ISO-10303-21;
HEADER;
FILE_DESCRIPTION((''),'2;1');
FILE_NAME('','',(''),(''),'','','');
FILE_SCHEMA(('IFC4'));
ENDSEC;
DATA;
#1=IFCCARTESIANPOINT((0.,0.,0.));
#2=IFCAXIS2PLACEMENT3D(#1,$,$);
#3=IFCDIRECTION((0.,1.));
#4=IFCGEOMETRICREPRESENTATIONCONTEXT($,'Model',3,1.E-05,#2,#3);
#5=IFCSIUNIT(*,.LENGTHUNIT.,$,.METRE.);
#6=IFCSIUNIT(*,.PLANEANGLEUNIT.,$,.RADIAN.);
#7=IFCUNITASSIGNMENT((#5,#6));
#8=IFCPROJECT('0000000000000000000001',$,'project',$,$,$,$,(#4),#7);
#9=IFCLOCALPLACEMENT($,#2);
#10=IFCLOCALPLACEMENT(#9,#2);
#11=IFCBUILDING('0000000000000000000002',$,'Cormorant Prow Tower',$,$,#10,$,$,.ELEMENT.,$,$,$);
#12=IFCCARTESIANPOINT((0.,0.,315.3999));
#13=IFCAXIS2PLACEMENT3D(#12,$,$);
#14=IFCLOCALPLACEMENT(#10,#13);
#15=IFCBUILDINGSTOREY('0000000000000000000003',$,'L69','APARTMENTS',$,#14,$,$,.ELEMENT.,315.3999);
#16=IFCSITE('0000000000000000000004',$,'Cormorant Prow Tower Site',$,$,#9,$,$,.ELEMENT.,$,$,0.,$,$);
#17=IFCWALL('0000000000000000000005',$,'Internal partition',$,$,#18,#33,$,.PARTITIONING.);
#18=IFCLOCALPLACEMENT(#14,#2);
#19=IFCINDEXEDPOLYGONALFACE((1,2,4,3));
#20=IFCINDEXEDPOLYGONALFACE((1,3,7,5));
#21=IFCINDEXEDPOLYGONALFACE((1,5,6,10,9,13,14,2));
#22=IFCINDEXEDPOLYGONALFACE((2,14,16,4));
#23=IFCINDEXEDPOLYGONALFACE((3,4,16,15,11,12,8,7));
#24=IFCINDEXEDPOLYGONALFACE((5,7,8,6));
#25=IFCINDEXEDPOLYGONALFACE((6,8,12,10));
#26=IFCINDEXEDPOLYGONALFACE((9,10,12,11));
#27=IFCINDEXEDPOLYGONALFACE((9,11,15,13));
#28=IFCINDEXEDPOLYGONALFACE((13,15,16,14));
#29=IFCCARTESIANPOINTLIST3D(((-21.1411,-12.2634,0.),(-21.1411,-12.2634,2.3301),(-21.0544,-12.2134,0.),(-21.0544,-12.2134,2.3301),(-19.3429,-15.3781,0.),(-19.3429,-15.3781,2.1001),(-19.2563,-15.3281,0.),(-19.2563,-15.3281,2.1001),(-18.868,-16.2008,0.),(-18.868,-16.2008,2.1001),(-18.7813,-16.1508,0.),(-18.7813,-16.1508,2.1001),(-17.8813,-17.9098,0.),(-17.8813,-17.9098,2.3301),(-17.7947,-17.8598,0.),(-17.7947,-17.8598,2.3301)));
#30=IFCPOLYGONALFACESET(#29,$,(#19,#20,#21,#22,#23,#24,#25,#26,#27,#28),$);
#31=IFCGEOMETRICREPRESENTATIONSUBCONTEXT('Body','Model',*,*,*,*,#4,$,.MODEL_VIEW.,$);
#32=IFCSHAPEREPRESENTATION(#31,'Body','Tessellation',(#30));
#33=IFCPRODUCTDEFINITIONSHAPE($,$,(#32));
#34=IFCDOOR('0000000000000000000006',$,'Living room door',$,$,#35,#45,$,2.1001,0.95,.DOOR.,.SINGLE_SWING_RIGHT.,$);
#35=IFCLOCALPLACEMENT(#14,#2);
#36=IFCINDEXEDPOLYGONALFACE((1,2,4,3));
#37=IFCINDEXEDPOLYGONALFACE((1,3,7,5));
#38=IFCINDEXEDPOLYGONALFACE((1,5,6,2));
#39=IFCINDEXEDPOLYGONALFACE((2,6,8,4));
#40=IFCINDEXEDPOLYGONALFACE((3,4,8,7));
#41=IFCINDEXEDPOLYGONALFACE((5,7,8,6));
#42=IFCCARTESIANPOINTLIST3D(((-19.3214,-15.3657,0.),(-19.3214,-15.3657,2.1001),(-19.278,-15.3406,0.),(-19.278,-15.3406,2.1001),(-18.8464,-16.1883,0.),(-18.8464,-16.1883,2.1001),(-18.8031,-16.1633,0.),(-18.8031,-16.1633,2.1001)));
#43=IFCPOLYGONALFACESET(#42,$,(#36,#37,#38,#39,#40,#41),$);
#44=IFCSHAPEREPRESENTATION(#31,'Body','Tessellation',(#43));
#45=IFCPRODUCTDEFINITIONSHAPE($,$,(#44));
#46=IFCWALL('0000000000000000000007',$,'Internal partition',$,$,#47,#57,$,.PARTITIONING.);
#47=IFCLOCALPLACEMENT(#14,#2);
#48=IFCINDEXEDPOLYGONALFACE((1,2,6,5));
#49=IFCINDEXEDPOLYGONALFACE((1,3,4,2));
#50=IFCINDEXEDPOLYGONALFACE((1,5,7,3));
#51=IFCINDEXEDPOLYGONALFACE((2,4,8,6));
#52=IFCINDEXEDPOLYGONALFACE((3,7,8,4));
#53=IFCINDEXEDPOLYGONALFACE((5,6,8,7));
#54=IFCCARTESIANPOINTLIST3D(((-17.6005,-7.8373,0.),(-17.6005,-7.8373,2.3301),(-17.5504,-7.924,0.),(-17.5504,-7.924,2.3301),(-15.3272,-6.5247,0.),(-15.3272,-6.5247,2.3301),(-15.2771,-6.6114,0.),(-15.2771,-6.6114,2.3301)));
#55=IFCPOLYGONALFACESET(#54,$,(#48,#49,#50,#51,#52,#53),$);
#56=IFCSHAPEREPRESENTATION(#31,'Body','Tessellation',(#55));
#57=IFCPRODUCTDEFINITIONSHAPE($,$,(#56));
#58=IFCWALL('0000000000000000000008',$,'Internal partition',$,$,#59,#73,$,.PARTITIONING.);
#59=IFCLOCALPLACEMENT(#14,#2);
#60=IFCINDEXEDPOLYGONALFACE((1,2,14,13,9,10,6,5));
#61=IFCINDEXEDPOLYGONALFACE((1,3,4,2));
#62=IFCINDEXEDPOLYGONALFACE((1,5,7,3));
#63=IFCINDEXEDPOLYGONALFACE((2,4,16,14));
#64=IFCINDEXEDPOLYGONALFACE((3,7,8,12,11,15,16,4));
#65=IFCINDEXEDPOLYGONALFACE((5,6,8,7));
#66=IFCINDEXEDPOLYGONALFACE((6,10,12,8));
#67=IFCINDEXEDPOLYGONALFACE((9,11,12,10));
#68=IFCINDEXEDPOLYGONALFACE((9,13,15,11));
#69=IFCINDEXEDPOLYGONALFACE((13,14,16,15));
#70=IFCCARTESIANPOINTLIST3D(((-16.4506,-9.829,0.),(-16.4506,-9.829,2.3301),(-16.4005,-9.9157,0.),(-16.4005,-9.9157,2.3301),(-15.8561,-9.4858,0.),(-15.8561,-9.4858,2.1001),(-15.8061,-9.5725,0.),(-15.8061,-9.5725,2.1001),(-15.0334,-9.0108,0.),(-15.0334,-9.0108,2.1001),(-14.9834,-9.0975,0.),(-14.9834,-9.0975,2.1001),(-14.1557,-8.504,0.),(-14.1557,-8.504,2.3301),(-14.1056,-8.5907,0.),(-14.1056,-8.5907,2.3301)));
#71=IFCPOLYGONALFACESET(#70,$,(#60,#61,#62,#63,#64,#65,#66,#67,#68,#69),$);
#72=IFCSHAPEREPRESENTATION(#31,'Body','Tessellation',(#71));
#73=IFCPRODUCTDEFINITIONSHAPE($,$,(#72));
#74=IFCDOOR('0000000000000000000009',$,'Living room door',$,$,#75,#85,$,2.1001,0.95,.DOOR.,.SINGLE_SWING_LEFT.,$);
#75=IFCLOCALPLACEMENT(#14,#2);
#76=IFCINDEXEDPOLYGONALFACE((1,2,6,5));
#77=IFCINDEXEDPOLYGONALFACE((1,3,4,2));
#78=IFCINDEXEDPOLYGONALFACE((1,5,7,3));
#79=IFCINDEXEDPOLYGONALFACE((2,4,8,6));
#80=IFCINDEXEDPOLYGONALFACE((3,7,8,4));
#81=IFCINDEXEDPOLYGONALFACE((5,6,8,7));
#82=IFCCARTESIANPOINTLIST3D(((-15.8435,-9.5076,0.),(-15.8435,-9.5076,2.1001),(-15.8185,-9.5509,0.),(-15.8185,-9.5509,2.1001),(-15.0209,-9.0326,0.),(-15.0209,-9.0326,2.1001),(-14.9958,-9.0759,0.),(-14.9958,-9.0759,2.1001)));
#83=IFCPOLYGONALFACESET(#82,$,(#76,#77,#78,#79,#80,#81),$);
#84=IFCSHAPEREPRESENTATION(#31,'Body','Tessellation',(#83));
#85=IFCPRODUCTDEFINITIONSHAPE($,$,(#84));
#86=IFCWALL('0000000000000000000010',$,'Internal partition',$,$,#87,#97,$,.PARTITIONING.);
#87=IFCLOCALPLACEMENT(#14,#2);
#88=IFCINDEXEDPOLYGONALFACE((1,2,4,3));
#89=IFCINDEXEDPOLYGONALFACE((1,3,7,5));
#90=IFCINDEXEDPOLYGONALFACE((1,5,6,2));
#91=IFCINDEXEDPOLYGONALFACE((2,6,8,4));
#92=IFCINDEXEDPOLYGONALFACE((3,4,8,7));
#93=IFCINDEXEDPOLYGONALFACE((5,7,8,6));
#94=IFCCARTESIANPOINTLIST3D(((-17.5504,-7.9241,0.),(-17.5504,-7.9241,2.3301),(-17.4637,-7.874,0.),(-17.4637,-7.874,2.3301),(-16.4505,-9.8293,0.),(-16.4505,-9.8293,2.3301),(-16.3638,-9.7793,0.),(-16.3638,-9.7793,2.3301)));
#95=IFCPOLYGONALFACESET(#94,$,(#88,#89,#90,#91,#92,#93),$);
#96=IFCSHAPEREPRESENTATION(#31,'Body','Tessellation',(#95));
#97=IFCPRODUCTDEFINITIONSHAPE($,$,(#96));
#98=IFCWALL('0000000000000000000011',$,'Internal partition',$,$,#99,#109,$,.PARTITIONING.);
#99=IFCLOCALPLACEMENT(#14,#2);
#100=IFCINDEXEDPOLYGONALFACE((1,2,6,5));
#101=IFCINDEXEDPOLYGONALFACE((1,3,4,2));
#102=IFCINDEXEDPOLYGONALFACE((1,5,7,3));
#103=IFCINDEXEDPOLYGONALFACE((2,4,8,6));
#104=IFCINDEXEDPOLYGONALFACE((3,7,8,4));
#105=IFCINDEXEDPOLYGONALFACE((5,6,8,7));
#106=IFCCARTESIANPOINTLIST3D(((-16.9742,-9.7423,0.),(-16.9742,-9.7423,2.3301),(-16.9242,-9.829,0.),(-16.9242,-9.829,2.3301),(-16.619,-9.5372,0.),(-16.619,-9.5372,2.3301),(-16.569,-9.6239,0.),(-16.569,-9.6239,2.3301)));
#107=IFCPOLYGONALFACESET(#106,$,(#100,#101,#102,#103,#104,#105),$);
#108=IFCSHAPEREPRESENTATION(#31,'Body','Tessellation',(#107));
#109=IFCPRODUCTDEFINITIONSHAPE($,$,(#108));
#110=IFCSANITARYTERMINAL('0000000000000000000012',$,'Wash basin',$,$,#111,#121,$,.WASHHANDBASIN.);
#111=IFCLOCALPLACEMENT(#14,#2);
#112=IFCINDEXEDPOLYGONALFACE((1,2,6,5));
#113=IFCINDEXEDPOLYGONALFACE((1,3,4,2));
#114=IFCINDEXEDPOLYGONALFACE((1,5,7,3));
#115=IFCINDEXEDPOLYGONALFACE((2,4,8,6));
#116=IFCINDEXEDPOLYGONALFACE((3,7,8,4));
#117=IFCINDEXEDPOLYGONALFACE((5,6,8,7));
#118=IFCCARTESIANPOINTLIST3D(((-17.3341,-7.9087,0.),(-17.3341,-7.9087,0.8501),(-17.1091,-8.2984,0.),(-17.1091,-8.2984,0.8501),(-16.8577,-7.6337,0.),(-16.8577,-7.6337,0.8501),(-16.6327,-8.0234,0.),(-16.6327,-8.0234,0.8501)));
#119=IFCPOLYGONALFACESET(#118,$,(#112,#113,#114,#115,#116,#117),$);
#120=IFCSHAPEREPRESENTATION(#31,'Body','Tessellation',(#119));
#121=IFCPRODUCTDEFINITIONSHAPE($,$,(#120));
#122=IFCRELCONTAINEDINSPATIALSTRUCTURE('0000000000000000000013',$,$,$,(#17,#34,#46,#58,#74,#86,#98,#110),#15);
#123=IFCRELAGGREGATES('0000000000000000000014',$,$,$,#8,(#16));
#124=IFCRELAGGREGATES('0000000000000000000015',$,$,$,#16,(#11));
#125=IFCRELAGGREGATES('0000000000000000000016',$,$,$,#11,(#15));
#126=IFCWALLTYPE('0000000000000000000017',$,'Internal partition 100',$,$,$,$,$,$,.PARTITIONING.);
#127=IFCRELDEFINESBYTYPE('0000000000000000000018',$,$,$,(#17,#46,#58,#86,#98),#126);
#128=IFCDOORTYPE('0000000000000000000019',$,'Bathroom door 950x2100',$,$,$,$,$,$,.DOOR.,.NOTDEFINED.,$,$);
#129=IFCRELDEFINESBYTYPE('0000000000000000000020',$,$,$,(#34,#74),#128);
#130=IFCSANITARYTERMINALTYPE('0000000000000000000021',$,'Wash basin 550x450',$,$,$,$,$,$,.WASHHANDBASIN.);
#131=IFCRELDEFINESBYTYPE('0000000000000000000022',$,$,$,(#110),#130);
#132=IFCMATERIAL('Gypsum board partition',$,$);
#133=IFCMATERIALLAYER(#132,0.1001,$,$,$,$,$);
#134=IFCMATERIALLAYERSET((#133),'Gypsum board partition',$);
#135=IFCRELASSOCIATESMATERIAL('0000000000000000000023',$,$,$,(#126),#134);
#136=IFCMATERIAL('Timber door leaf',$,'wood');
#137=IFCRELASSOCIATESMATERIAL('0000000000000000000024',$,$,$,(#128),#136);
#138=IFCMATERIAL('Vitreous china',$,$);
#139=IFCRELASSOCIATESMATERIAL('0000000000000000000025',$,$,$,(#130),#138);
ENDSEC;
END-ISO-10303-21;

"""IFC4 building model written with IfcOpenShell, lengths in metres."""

from ifc_helpers import new_model, si_unit, direction, frame, frame_2d, origin, origin_2d, place, context, subcontext, project, spatial, rectangle, extrude, material, layer, layer_set, type_object, element, fill, save


model = new_model("IFC4")

# Units and contexts
model_context = context("Model", 3, precision=1e-05, world=origin(), true_north=direction((0.0, 1.0)))
body_context = subcontext(model_context, "Body", "Model", "MODEL_VIEW")
ifc_project = project(units=[si_unit("LENGTHUNIT", "METRE"), si_unit("PLANEANGLEUNIT", "RADIAN")], contexts=[model_context])

# Site, building, storey
site_placement = place(None, origin())
site = spatial("IfcSite", under=ifc_project, at=site_placement, Name="Cormorant Prow Tower Site", CompositionType="ELEMENT", RefElevation=0.0)
building_placement = place(site_placement, origin())
building = spatial("IfcBuilding", under=site, at=building_placement, Name="Cormorant Prow Tower", CompositionType="ELEMENT")
storey_placement = place(building_placement, frame((0.0, 0.0, 315.3999)))
storey = spatial("IfcBuildingStorey", under=building, at=storey_placement, Name="L69", Description="APARTMENTS", CompositionType="ELEMENT", Elevation=315.3999)

# Wall, opening, door
ifc_material_1 = material(Name="Gypsum board partition")
ifc_layer_1 = layer(ifc_material_1, 0.1001)
ifc_layer_set_1 = layer_set([ifc_layer_1], Name="Gypsum board partition")
wall_type = type_object("IfcWallType", Name="Internal partition 100", PredefinedType="PARTITIONING", material=ifc_layer_set_1)
ifc_material_2 = material(Name="Timber door leaf", Category="wood")
door_type = type_object("IfcDoorType", Name="Bathroom door 950x2100", OperationType="NOTDEFINED", PredefinedType="DOOR", material=ifc_material_2)
wall_1_placement = place(storey_placement, frame((-21.0977, -12.2385, 0.0), z_axis=(0.0, 0.0, 1.0), x_axis=(0.499973, -0.866041, 0.0)))
wall_1 = element("IfcWall", 1, at=wall_1_placement, inside=storey, type_object=wall_type, Name="Internal partition", PredefinedType="PARTITIONING", context=body_context, shape_type="SweptSolid", body=[
    extrude(rectangle(XDim=6.5198, YDim=0.1001, at=frame_2d((3.2598, 0.0))), origin(), (0.0, 0.0, 1.0), 2.3301),
])
opening_1_placement = place(wall_1_placement, frame((3.5962, 0.0, 0.0)))
opening_1 = element("IfcOpeningElement", 2, at=opening_1_placement, cuts=wall_1, PredefinedType="OPENING", context=body_context, shape_type="SweptSolid", body=[
    extrude(rectangle(XDim=0.95, YDim=2.1001, at=frame_2d((0.4751, 1.05))), frame((0.0, 0.0601, 0.0), z_axis=(0.0, -1.0, 0.0), x_axis=(1.0, 0.0, 0.0)), (0.0, 0.0, 1.0), 0.1201),
])
door_1_placement = place(opening_1_placement, origin())
door_1 = element("IfcDoor", 3, at=door_1_placement, inside=storey, type_object=door_type, Name="Living room door", OperationType="SINGLE_SWING_RIGHT", OverallHeight=2.1001, OverallWidth=0.95, PredefinedType="DOOR", context=body_context, shape_type="SweptSolid", body=[
    extrude(rectangle(XDim=0.95, YDim=2.1001, at=frame_2d((0.4751, 1.05))), frame((0.0, 0.0249, 0.0), z_axis=(0.0, -1.0, 0.0), x_axis=(1.0, 0.0, 0.0)), (0.0, 0.0, 1.0), 0.05),
])
fill(opening_1, door_1)

# Wall
wall_2_placement = place(storey_placement, frame((-17.5754, -7.8806, 0.0), z_axis=(0.0, 0.0, 1.0), x_axis=(0.866014, 0.50002, 0.0)))
element("IfcWall", 4, at=wall_2_placement, inside=storey, type_object=wall_type, Name="Internal partition", PredefinedType="PARTITIONING", context=body_context, shape_type="SweptSolid", body=[
    extrude(rectangle(XDim=2.625, YDim=0.1001, at=frame_2d((1.3125, 0.0))), origin(), (0.0, 0.0, 1.0), 2.3301),
])

# Wall, opening, door
wall_3_placement = place(storey_placement, frame((-16.4255, -9.8723, 0.0), z_axis=(0.0, 0.0, 1.0), x_axis=(0.866029, 0.499994, 0.0)))
wall_3 = element("IfcWall", 5, at=wall_3_placement, inside=storey, type_object=wall_type, Name="Internal partition", PredefinedType="PARTITIONING", context=body_context, shape_type="SweptSolid", body=[
    extrude(rectangle(XDim=2.6499, YDim=0.1001, at=frame_2d((1.325, 0.0))), origin(), (0.0, 0.0, 1.0), 2.3301),
])
opening_2_placement = place(wall_3_placement, frame((0.6863, 0.0, 0.0)))
opening_2 = element("IfcOpeningElement", 6, at=opening_2_placement, cuts=wall_3, PredefinedType="OPENING", context=body_context, shape_type="SweptSolid", body=[
    extrude(rectangle(XDim=0.95, YDim=2.1001, at=frame_2d((0.4751, 1.05))), frame((0.0, 0.0601, 0.0), z_axis=(0.0, -1.0, 0.0), x_axis=(1.0, 0.0, 0.0)), (0.0, 0.0, 1.0), 0.1201),
])
door_2_placement = place(opening_2_placement, origin())
door_2 = element("IfcDoor", 7, at=door_2_placement, inside=storey, type_object=door_type, Name="Living room door", OperationType="SINGLE_SWING_LEFT", OverallHeight=2.1001, OverallWidth=0.95, PredefinedType="DOOR", context=body_context, shape_type="SweptSolid", body=[
    extrude(rectangle(XDim=0.95, YDim=2.1001, at=frame_2d((0.4751, 1.05))), frame((0.0, 0.0249, 0.0), z_axis=(0.0, -1.0, 0.0), x_axis=(1.0, 0.0, 0.0)), (0.0, 0.0, 1.0), 0.05),
])
fill(opening_2, door_2)

# Walls
wall_4_placement = place(storey_placement, frame((-17.5071, -7.8989, 0.0), z_axis=(0.0, 0.0, 1.0), x_axis=(0.499947, -0.866056, 0.0)))
element("IfcWall", 8, at=wall_4_placement, inside=storey, type_object=wall_type, Name="Internal partition", PredefinedType="PARTITIONING", context=body_context, shape_type="SweptSolid", body=[
    extrude(rectangle(XDim=2.2, YDim=0.1001, at=frame_2d((1.1001, 0.0))), origin(), (0.0, 0.0, 1.0), 2.3301),
])
wall_5_placement = place(storey_placement, frame((-16.9492, -9.7856, 0.0), z_axis=(0.0, 0.0, 1.0), x_axis=(0.866037, 0.49998, 0.0)))
element("IfcWall", 9, at=wall_5_placement, inside=storey, type_object=wall_type, Name="Internal partition", PredefinedType="PARTITIONING", context=body_context, shape_type="SweptSolid", body=[
    extrude(rectangle(XDim=0.4102, YDim=0.1001, at=frame_2d((0.2051, 0.0))), origin(), (0.0, 0.0, 1.0), 2.3301),
])

# Sanitary terminal
ifc_material_3 = material(Name="Vitreous china")
sanitary_terminal_type = type_object("IfcSanitaryTerminalType", Name="Wash basin 550x450", PredefinedType="WASHHANDBASIN", material=ifc_material_3)
sanitary_terminal_placement = place(storey_placement, frame((-16.9834, -7.9661, 0.0), z_axis=(0.0, 0.0, 1.0), x_axis=(0.866025, 0.5, 0.0)))
element("IfcSanitaryTerminal", 10, at=sanitary_terminal_placement, inside=storey, type_object=sanitary_terminal_type, Name="Wash basin", PredefinedType="WASHHANDBASIN", context=body_context, shape_type="SweptSolid", body=[
    extrude(rectangle(XDim=0.55, YDim=0.45, at=origin_2d()), origin(), (0.0, 0.0, 1.0), 0.8501),
])

save(model, "model.ifc")
